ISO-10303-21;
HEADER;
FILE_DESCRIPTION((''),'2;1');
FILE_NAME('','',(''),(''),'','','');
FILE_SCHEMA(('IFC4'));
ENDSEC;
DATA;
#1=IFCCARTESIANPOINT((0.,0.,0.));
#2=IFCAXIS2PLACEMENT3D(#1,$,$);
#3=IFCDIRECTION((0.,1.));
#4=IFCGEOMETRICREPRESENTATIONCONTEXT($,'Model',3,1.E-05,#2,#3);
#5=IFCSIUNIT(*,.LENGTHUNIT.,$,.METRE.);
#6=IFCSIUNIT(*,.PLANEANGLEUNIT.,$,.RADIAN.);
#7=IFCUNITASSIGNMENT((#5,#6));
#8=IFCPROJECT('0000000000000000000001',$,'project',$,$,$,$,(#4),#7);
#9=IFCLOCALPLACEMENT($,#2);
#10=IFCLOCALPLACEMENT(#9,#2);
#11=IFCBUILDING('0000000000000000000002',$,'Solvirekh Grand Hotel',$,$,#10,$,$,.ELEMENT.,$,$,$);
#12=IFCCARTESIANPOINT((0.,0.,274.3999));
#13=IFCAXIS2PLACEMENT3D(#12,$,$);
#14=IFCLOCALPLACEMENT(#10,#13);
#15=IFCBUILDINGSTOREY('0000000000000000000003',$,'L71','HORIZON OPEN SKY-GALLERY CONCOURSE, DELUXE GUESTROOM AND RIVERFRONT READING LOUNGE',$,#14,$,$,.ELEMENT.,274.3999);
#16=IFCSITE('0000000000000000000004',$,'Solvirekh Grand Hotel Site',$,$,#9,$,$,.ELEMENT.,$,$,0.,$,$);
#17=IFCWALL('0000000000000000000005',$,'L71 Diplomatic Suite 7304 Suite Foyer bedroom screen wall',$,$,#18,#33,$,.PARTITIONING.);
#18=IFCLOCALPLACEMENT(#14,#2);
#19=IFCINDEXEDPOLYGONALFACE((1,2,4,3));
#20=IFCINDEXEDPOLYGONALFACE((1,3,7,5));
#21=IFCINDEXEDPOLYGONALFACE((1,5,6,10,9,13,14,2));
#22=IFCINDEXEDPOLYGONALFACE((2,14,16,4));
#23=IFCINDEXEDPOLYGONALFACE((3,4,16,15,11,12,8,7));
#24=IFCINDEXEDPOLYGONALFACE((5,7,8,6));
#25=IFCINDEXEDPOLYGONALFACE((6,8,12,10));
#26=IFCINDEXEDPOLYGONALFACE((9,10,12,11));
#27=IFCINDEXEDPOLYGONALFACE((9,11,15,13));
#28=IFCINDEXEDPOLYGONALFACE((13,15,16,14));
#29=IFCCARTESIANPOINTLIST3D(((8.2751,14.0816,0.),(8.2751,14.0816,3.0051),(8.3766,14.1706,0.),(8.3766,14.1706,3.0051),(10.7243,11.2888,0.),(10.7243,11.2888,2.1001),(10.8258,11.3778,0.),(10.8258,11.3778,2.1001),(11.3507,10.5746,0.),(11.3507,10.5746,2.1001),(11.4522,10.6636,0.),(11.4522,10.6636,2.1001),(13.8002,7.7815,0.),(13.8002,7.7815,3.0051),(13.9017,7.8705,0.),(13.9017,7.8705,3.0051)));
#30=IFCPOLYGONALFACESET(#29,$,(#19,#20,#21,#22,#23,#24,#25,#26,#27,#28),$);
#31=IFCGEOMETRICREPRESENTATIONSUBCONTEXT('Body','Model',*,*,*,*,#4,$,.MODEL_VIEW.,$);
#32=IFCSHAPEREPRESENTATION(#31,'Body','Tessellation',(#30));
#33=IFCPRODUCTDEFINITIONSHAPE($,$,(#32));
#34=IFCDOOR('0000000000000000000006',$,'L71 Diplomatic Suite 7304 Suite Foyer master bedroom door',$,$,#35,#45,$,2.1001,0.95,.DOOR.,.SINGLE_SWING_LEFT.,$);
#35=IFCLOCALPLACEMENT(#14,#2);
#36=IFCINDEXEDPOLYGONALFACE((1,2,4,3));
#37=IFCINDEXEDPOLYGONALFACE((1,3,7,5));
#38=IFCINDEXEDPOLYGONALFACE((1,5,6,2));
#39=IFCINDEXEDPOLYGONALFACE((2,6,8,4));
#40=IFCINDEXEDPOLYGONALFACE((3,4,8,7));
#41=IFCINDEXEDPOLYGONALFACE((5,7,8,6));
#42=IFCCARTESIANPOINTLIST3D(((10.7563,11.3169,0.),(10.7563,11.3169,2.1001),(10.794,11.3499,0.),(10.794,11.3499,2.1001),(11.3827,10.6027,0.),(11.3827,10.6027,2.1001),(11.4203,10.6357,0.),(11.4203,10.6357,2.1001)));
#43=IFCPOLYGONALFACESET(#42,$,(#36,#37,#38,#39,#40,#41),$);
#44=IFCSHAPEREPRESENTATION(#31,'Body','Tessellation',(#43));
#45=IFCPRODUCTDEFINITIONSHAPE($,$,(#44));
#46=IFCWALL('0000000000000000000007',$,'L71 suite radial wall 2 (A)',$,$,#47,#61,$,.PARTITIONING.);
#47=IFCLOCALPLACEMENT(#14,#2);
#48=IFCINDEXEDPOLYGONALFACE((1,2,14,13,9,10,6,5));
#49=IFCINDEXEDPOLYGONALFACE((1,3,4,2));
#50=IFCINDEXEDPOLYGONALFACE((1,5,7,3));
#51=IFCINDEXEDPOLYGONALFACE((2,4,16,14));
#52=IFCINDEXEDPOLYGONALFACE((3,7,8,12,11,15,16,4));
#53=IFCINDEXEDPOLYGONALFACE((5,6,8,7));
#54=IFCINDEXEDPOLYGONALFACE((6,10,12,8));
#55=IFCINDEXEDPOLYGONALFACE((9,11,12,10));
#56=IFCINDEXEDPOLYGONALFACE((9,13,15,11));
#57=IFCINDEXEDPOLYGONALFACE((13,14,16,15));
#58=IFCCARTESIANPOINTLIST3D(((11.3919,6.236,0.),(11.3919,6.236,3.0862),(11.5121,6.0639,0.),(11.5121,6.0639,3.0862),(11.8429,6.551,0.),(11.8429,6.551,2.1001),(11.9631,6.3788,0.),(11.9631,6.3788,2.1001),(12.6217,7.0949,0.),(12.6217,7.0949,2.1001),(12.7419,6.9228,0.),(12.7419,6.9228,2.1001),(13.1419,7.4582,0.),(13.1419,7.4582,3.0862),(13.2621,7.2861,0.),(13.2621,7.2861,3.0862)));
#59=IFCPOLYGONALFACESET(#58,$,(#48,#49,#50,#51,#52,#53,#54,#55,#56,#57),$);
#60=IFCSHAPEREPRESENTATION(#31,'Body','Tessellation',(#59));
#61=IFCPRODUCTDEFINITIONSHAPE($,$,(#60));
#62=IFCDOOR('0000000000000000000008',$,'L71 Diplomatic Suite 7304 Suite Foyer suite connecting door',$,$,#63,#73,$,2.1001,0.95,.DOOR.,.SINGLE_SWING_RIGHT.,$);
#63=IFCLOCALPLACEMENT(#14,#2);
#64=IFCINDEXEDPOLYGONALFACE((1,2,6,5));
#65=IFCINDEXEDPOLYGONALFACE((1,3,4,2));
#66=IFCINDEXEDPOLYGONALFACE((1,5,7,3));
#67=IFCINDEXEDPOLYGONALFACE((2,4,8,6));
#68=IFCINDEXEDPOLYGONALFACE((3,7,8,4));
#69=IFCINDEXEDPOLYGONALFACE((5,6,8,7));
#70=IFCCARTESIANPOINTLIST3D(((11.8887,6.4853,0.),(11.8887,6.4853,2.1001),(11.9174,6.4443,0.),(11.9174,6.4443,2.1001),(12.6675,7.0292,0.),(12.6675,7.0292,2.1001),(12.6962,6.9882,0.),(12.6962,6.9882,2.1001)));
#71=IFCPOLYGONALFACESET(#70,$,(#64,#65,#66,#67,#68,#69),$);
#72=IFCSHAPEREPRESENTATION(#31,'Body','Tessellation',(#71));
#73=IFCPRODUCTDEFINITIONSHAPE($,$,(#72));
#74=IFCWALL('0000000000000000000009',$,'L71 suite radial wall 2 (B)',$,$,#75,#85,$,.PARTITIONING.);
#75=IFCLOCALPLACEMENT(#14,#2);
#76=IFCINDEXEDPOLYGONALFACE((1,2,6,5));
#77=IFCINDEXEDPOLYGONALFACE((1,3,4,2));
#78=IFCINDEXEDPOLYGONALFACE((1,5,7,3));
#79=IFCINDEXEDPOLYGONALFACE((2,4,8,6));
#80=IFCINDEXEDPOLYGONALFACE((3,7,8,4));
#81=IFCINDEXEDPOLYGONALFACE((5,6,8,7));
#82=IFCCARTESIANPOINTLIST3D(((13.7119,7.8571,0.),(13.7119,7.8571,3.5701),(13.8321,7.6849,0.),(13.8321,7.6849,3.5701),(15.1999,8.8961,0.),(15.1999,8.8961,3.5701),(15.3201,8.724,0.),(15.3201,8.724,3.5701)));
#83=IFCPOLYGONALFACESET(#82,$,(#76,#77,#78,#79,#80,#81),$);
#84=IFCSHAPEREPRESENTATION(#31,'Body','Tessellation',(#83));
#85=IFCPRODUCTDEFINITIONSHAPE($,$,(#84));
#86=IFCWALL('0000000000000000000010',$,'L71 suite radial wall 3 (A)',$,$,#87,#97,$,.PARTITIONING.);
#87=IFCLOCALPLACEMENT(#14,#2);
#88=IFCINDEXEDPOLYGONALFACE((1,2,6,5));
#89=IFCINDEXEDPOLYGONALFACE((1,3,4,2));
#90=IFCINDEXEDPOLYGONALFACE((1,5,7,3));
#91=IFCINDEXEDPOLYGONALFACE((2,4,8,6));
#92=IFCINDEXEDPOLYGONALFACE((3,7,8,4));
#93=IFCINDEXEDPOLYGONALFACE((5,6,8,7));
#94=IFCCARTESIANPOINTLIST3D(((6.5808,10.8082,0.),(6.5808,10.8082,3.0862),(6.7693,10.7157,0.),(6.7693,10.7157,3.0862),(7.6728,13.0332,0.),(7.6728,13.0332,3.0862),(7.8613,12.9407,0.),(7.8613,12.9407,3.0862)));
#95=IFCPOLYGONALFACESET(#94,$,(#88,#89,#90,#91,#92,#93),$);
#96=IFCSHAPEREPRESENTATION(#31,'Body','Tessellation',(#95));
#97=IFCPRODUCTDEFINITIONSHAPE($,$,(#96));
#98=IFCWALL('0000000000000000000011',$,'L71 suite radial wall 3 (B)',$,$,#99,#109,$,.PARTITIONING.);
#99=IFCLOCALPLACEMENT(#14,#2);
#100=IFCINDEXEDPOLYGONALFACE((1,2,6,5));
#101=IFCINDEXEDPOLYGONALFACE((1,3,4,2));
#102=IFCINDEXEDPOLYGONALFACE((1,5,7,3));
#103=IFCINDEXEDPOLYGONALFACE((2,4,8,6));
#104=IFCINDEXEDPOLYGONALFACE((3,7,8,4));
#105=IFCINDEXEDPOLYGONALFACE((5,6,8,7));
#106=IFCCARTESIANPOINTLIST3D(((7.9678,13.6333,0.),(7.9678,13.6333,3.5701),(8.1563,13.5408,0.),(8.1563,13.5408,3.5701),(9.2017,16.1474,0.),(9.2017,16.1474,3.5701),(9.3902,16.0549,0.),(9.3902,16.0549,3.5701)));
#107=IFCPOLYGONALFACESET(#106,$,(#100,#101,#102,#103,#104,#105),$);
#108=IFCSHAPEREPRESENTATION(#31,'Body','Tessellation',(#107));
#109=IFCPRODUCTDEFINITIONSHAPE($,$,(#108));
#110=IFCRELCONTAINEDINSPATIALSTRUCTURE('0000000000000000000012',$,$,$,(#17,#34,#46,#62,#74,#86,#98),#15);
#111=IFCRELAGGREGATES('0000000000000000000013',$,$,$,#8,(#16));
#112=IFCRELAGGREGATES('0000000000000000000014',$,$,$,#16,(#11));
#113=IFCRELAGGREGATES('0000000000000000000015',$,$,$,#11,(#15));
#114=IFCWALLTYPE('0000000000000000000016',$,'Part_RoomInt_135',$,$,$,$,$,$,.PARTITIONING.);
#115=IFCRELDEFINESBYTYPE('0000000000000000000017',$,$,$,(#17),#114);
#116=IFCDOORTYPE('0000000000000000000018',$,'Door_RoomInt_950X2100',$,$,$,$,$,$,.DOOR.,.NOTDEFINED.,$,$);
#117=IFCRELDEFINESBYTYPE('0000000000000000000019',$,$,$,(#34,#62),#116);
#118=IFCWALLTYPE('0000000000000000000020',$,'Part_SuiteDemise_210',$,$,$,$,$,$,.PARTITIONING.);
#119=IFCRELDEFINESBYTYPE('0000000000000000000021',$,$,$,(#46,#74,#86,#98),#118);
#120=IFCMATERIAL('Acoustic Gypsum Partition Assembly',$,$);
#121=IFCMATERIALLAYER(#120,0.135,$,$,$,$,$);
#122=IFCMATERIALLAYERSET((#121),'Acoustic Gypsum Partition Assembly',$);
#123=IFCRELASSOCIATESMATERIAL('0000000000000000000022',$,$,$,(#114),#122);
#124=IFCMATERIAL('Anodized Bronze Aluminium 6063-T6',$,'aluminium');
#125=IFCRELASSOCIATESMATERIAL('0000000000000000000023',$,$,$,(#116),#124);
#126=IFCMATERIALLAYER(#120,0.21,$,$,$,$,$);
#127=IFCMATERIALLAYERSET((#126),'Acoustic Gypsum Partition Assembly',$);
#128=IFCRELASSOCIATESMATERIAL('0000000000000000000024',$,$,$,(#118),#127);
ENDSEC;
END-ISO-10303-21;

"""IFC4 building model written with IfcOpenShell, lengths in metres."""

from ifc_helpers import new_model, si_unit, direction, frame, frame_2d, origin, place, context, subcontext, project, spatial, rectangle, extrude, material, layer, layer_set, type_object, element, fill, save


model = new_model("IFC4")

# Units and contexts
model_context = context("Model", 3, precision=1e-05, world=origin(), true_north=direction((0.0, 1.0)))
body_context = subcontext(model_context, "Body", "Model", "MODEL_VIEW")
ifc_project = project(units=[si_unit("LENGTHUNIT", "METRE"), si_unit("PLANEANGLEUNIT", "RADIAN")], contexts=[model_context])

# Site, building, storey
site_placement = place(None, origin())
site = spatial("IfcSite", under=ifc_project, at=site_placement, Name="Solvirekh Grand Hotel Site", CompositionType="ELEMENT", RefElevation=0.0)
building_placement = place(site_placement, origin())
building = spatial("IfcBuilding", under=site, at=building_placement, Name="Solvirekh Grand Hotel", CompositionType="ELEMENT")
storey_placement = place(building_placement, frame((0.0, 0.0, 274.3999)))
storey = spatial("IfcBuildingStorey", under=building, at=storey_placement, Name="L71", Description="HORIZON OPEN SKY-GALLERY CONCOURSE, DELUXE GUESTROOM AND RIVERFRONT READING LOUNGE", CompositionType="ELEMENT", Elevation=274.3999)

# Shared definitions
ifc_material_1 = material(Name="Acoustic Gypsum Partition Assembly")

# Walls, openings, doors
ifc_layer_1 = layer(ifc_material_1, 0.135)
ifc_layer_set_1 = layer_set([ifc_layer_1], Name="Acoustic Gypsum Partition Assembly")
wall_type_1 = type_object("IfcWallType", Name="Part_RoomInt_135", PredefinedType="PARTITIONING", material=ifc_layer_set_1)
wall_1_placement = place(storey_placement, frame((13.8511, 7.8259, 0.0), z_axis=(0.0, 0.0, 1.0), x_axis=(-0.659356, 0.751831, 0.0)))
wall_1 = element("IfcWall", 1, at=wall_1_placement, inside=storey, type_object=wall_type_1, Name="L71 Diplomatic Suite 7304 Suite Foyer bedroom screen wall", PredefinedType="PARTITIONING", context=body_context, shape_type="SweptSolid", body=[
    extrude(rectangle(XDim=8.3796, YDim=0.135, at=frame_2d((4.1899, 0.0))), origin(), (0.0, 0.0, 1.0), 3.0051),
])
opening_1_placement = place(wall_1_placement, frame((3.7151, 0.0, 0.0)))
opening_1 = element("IfcOpeningElement", 2, at=opening_1_placement, cuts=wall_1, PredefinedType="OPENING", context=body_context, shape_type="SweptSolid", body=[
    extrude(rectangle(XDim=0.95, YDim=2.1001, at=frame_2d((0.4751, 1.05))), frame((0.0, 0.0776, 0.0), z_axis=(0.0, -1.0, 0.0), x_axis=(1.0, 0.0, 0.0)), (0.0, 0.0, 1.0), 0.155),
])
ifc_material_2 = material(Name="Anodized Bronze Aluminium 6063-T6", Category="aluminium")
door_type = type_object("IfcDoorType", Name="Door_RoomInt_950X2100", OperationType="NOTDEFINED", PredefinedType="DOOR", material=ifc_material_2)
door_1_placement = place(opening_1_placement, origin())
door_1 = element("IfcDoor", 3, at=door_1_placement, inside=storey, type_object=door_type, Name="L71 Diplomatic Suite 7304 Suite Foyer master bedroom door", OperationType="SINGLE_SWING_LEFT", OverallHeight=2.1001, OverallWidth=0.95, PredefinedType="DOOR", context=body_context, shape_type="SweptSolid", body=[
    extrude(rectangle(XDim=0.95, YDim=2.1001, at=frame_2d((0.4751, 1.05))), frame((0.0, 0.0249, 0.0), z_axis=(0.0, -1.0, 0.0), x_axis=(1.0, 0.0, 0.0)), (0.0, 0.0, 1.0), 0.05),
])
fill(opening_1, door_1)
ifc_layer_2 = layer(ifc_material_1, 0.21)
ifc_layer_set_2 = layer_set([ifc_layer_2], Name="Acoustic Gypsum Partition Assembly")
wall_type_2 = type_object("IfcWallType", Name="Part_SuiteDemise_210", PredefinedType="PARTITIONING", material=ifc_layer_set_2)
wall_2_placement = place(storey_placement, frame((11.4519, 6.1499, 0.0), z_axis=(0.0, 0.0, 1.0), x_axis=(0.819855, 0.572572, 0.0)))
wall_2 = element("IfcWall", 4, at=wall_2_placement, inside=storey, type_object=wall_type_2, Name="L71 suite radial wall 2 (A)", PredefinedType="PARTITIONING", context=body_context, shape_type="SweptSolid", body=[
    extrude(rectangle(XDim=2.1345, YDim=0.21, at=frame_2d((1.0674, 0.0))), origin(), (0.0, 0.0, 1.0), 3.0862),
])
opening_2_placement = place(wall_2_placement, frame((0.55, 0.0, 0.0)))
opening_2 = element("IfcOpeningElement", 5, at=opening_2_placement, cuts=wall_2, PredefinedType="OPENING", context=body_context, shape_type="SweptSolid", body=[
    extrude(rectangle(XDim=0.95, YDim=2.1001, at=frame_2d((0.4751, 1.05))), frame((0.0, 0.115, 0.0), z_axis=(0.0, -1.0, 0.0), x_axis=(1.0, 0.0, 0.0)), (0.0, 0.0, 1.0), 0.23),
])
door_2_placement = place(opening_2_placement, origin())
door_2 = element("IfcDoor", 6, at=door_2_placement, inside=storey, type_object=door_type, Name="L71 Diplomatic Suite 7304 Suite Foyer suite connecting door", OperationType="SINGLE_SWING_RIGHT", OverallHeight=2.1001, OverallWidth=0.95, PredefinedType="DOOR", context=body_context, shape_type="SweptSolid", body=[
    extrude(rectangle(XDim=0.95, YDim=2.1001, at=frame_2d((0.4751, 1.05))), frame((0.0, 0.0249, 0.0), z_axis=(0.0, -1.0, 0.0), x_axis=(1.0, 0.0, 0.0)), (0.0, 0.0, 1.0), 0.05),
])
fill(opening_2, door_2)

# Walls
wall_3_placement = place(storey_placement, frame((13.772, 7.771, 0.0), z_axis=(0.0, 0.0, 1.0), x_axis=(0.819895, 0.572514, 0.0)))
element("IfcWall", 7, at=wall_3_placement, inside=storey, type_object=wall_type_2, Name="L71 suite radial wall 2 (B)", PredefinedType="PARTITIONING", context=body_context, shape_type="SweptSolid", body=[
    extrude(rectangle(XDim=1.8149, YDim=0.21, at=frame_2d((0.9075, 0.0))), origin(), (0.0, 0.0, 1.0), 3.5701),
])
wall_4_placement = place(storey_placement, frame((6.675, 10.762, 0.0), z_axis=(0.0, 0.0, 1.0), x_axis=(0.440582, 0.897712, 0.0)))
element("IfcWall", 8, at=wall_4_placement, inside=storey, type_object=wall_type_2, Name="L71 suite radial wall 3 (A)", PredefinedType="PARTITIONING", context=body_context, shape_type="SweptSolid", body=[
    extrude(rectangle(XDim=2.4785, YDim=0.21, at=frame_2d((1.2393, 0.0))), origin(), (0.0, 0.0, 1.0), 3.0862),
])
wall_5_placement = place(storey_placement, frame((8.062, 13.5869, 0.0), z_axis=(0.0, 0.0, 1.0), x_axis=(0.440576, 0.897715, 0.0)))
element("IfcWall", 9, at=wall_5_placement, inside=storey, type_object=wall_type_2, Name="L71 suite radial wall 3 (B)", PredefinedType="PARTITIONING", context=body_context, shape_type="SweptSolid", body=[
    extrude(rectangle(XDim=2.8005, YDim=0.21, at=frame_2d((1.4004, 0.0))), origin(), (0.0, 0.0, 1.0), 3.5701),
])

save(model, "model.ifc")
